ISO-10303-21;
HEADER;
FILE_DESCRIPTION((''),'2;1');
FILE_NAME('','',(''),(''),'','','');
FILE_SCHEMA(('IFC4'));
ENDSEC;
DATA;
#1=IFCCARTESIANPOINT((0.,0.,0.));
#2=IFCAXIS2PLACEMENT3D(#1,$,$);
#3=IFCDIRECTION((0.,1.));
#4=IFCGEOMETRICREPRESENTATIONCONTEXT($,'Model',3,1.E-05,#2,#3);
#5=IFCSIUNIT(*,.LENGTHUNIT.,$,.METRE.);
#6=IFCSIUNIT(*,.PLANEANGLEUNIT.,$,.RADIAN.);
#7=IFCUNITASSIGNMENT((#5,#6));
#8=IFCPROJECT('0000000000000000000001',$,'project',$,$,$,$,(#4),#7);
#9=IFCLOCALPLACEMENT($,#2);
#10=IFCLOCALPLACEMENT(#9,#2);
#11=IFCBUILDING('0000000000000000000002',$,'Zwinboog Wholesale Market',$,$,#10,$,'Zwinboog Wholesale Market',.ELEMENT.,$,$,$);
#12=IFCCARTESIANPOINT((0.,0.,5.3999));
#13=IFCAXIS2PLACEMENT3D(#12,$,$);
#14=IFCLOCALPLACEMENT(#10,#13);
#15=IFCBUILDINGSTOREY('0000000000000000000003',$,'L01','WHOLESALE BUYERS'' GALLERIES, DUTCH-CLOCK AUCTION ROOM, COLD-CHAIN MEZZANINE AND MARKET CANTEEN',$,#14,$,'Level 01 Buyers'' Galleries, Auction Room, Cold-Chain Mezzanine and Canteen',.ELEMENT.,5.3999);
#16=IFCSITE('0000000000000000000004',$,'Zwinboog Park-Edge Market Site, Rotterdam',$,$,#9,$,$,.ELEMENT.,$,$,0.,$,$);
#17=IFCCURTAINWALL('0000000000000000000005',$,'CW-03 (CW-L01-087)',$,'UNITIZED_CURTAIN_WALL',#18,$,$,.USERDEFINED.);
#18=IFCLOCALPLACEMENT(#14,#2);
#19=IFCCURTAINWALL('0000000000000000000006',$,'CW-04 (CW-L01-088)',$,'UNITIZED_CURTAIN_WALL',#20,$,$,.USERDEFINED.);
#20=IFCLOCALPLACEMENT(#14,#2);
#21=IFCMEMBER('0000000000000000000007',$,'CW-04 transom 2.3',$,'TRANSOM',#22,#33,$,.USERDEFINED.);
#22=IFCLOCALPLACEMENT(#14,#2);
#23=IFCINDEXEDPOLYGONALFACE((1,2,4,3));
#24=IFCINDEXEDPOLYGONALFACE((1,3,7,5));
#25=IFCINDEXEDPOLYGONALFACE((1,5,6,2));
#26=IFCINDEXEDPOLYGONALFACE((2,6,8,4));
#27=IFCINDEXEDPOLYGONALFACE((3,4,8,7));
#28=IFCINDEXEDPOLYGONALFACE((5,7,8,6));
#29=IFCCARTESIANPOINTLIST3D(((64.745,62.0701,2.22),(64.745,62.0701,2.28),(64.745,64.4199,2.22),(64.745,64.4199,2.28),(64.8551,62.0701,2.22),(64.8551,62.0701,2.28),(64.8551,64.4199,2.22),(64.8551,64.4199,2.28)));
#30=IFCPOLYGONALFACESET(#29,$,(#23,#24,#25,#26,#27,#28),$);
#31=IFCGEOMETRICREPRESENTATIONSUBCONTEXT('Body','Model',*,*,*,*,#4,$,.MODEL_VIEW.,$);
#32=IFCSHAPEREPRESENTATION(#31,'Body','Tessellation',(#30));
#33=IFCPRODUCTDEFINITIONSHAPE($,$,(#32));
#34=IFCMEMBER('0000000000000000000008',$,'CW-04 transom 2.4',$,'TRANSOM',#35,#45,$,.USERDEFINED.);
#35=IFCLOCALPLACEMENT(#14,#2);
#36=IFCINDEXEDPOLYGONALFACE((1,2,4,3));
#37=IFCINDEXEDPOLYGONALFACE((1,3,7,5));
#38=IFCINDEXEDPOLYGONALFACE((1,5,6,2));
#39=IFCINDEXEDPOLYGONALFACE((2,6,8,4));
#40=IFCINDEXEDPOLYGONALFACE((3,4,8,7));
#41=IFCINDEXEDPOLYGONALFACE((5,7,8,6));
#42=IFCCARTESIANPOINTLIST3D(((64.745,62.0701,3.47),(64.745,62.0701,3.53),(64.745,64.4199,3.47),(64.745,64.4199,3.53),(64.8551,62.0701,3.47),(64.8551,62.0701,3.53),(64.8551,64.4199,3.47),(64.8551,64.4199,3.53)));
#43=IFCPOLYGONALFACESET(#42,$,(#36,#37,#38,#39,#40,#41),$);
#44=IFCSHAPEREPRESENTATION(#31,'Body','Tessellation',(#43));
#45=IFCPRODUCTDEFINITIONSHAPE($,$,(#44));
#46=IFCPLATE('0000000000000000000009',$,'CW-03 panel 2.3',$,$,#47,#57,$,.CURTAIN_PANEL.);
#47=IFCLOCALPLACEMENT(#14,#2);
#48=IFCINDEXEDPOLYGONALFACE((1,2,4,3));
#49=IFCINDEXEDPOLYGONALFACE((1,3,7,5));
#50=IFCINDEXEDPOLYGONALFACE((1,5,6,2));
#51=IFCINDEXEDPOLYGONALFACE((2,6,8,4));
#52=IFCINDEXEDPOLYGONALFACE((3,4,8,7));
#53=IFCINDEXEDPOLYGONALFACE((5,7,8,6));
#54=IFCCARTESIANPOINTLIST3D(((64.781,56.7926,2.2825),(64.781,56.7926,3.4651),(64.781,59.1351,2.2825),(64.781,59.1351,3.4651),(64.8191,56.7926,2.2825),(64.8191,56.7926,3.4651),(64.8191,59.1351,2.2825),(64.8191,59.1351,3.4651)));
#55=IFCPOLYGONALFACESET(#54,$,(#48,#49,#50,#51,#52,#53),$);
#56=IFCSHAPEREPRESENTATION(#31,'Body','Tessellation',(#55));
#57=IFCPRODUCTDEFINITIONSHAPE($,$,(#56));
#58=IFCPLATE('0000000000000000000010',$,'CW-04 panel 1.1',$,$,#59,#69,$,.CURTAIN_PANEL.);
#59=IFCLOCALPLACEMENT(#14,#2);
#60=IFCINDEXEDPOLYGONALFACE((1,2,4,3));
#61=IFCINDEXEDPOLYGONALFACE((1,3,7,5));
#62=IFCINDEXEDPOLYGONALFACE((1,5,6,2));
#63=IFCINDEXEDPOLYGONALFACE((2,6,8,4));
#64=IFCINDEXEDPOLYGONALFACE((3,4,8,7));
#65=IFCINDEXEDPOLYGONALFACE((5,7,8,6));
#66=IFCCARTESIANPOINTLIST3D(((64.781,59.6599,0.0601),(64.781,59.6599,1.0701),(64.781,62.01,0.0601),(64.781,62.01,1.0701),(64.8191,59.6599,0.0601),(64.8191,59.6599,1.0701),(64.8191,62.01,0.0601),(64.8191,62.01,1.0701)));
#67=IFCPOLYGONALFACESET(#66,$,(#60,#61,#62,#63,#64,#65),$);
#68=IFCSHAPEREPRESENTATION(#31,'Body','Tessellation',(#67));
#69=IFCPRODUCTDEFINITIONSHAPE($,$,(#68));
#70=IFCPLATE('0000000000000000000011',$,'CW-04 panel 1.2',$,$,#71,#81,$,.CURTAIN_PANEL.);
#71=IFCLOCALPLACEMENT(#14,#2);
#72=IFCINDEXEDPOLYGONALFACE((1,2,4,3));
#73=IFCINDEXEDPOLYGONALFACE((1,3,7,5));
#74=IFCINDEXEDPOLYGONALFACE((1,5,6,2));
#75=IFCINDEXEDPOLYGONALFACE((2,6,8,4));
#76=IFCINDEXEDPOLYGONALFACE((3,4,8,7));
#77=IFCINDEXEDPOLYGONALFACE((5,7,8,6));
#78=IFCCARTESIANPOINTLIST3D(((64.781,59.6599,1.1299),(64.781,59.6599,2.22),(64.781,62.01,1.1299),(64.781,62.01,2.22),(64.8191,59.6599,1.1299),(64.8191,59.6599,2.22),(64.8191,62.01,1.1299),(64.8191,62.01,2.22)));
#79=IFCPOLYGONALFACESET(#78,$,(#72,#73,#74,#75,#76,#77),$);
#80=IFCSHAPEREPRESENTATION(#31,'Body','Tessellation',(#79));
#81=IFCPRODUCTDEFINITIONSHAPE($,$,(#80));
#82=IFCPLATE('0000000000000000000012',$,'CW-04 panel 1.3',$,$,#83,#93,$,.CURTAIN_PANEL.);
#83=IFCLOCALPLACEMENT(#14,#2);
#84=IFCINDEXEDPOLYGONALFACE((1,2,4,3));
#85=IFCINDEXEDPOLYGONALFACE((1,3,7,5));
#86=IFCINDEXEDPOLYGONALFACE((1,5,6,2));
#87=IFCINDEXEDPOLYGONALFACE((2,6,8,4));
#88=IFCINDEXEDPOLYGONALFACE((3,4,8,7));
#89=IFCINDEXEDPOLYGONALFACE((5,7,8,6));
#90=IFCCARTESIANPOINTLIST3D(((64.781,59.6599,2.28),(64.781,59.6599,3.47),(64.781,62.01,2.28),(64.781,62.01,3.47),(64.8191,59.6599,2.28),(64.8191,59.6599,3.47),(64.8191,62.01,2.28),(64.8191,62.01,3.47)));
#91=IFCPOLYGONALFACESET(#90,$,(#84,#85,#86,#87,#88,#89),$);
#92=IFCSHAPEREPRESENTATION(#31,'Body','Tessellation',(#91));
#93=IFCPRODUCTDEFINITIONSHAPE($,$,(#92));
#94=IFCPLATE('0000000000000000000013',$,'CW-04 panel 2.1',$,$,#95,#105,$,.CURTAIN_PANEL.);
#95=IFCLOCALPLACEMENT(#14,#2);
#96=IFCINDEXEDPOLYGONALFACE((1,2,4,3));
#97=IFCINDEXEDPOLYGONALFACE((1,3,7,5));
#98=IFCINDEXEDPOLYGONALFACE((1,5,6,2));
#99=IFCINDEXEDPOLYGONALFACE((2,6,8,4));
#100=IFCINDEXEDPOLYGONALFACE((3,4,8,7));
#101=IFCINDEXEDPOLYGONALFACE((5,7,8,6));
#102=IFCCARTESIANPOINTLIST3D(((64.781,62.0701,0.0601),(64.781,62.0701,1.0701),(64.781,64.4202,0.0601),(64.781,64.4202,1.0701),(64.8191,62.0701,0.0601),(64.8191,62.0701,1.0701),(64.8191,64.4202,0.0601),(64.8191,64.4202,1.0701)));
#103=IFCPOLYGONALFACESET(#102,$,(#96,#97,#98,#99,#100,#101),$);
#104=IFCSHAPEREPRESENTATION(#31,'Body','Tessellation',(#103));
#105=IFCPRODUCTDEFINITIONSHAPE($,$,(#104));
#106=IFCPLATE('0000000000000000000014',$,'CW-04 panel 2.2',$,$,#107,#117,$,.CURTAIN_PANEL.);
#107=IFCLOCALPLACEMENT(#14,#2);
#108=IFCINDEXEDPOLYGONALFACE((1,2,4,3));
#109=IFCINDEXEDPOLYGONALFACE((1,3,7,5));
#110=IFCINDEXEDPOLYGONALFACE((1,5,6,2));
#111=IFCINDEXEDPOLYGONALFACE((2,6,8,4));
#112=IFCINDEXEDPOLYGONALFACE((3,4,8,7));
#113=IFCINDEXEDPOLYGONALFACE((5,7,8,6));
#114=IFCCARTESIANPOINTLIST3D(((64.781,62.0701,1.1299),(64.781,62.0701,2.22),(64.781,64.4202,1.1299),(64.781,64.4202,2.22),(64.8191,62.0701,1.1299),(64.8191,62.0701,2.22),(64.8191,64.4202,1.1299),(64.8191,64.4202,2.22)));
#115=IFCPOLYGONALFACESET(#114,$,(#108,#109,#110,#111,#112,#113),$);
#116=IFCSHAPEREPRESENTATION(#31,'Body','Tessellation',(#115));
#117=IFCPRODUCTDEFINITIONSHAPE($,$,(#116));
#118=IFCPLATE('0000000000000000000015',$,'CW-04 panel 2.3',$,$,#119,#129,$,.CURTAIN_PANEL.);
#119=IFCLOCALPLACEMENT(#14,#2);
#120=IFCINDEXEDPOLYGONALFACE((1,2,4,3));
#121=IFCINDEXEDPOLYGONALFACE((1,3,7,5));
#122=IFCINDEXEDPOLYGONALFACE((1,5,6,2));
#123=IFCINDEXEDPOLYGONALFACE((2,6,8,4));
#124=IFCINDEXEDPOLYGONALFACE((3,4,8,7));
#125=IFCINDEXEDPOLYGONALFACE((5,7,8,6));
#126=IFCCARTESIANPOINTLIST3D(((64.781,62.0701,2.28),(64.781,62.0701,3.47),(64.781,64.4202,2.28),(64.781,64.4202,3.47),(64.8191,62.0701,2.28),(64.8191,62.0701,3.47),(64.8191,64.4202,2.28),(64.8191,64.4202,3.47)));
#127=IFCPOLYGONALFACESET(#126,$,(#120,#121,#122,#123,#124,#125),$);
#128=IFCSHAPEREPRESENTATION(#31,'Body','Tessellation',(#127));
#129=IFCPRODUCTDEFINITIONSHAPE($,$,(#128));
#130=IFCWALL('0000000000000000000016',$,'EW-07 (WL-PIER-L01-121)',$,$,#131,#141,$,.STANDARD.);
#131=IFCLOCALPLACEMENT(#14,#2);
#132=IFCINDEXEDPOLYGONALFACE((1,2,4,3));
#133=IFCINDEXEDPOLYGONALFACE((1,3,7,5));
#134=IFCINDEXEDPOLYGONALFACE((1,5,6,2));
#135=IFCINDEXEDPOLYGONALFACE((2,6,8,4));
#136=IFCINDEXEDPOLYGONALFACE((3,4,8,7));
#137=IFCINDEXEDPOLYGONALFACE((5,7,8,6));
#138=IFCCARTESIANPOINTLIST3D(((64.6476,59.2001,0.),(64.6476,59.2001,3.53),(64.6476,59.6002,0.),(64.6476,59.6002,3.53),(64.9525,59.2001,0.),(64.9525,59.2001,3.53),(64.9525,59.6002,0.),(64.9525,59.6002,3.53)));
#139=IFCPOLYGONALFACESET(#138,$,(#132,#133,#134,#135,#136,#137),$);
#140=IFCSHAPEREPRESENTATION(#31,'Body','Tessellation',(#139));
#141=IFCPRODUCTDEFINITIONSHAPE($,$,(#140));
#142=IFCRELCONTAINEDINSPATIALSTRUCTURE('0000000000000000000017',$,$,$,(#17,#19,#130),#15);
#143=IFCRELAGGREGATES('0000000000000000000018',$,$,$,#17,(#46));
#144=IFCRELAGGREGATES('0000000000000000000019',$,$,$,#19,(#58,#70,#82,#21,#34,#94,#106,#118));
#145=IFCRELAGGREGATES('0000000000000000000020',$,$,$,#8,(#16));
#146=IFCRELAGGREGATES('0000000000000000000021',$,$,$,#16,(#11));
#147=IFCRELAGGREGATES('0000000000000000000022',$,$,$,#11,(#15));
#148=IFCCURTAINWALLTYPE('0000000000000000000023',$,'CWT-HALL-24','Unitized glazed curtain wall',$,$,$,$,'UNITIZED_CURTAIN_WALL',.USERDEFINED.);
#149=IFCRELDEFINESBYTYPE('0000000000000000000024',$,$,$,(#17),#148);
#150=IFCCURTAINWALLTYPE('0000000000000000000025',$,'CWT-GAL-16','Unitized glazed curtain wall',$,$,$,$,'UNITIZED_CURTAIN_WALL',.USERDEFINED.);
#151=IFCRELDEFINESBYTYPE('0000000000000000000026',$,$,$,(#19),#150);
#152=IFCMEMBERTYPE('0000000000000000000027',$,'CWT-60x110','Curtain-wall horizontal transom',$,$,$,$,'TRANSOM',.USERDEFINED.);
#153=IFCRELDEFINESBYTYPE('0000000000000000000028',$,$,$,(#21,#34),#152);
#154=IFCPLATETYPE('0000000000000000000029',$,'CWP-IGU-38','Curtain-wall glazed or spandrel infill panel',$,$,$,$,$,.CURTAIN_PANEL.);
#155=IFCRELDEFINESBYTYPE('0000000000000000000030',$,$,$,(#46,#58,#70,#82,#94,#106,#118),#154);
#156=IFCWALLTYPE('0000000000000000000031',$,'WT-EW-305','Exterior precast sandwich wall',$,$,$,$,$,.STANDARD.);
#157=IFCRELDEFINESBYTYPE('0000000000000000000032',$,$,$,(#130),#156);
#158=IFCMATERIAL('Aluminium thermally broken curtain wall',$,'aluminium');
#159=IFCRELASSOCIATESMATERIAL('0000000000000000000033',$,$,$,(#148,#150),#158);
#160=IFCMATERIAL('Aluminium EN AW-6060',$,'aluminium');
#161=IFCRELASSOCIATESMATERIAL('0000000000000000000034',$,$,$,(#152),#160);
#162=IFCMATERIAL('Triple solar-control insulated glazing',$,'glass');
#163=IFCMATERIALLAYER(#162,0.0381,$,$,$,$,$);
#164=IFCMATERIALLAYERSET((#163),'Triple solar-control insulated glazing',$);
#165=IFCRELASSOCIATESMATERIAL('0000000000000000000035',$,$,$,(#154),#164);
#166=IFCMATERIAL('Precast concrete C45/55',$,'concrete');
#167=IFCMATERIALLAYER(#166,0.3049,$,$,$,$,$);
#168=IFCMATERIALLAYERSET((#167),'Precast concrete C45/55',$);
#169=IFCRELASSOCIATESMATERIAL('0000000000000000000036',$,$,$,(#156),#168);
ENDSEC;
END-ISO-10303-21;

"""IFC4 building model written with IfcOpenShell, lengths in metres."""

from ifc_helpers import new_model, si_unit, direction, frame, frame_2d, origin, origin_2d, place, context, subcontext, project, spatial, rectangle, extrude, material, layer, layer_set, material_profile, profile_set, type_object, element, aggregate, save


model = new_model("IFC4")

# Units and contexts
model_context = context("Model", 3, precision=1e-05, world=origin(), true_north=direction((0.0, 1.0)))
body_context = subcontext(model_context, "Body", "Model", "MODEL_VIEW")
ifc_project = project(units=[si_unit("LENGTHUNIT", "METRE"), si_unit("PLANEANGLEUNIT", "RADIAN")], contexts=[model_context])

# Site, building, storey
site_placement = place(None, origin())
site = spatial("IfcSite", under=ifc_project, at=site_placement, Name="Zwinboog Park-Edge Market Site, Rotterdam", CompositionType="ELEMENT", RefElevation=0.0)
building_placement = place(site_placement, origin())
building = spatial("IfcBuilding", under=site, at=building_placement, Name="Zwinboog Wholesale Market", LongName="Zwinboog Wholesale Market", CompositionType="ELEMENT")
storey_placement = place(building_placement, frame((0.0, 0.0, 5.3999)))
storey = spatial("IfcBuildingStorey", under=building, at=storey_placement, Name="L01", Description="WHOLESALE BUYERS' GALLERIES, DUTCH-CLOCK AUCTION ROOM, COLD-CHAIN MEZZANINE AND MARKET CANTEEN", LongName="Level 01 Buyers' Galleries, Auction Room, Cold-Chain Mezzanine and Canteen", CompositionType="ELEMENT", Elevation=5.3999)

# Curtain wall
ifc_material_1 = material(Name="Aluminium thermally broken curtain wall", Category="aluminium")
curtain_wall_type_1 = type_object("IfcCurtainWallType", Name="CWT-HALL-24", Description="Unitized glazed curtain wall", ElementType="UNITIZED_CURTAIN_WALL", PredefinedType="USERDEFINED", material=ifc_material_1)
curtain_wall_1_placement = place(storey_placement, origin())
curtain_wall_1 = element("IfcCurtainWall", 1, at=curtain_wall_1_placement, inside=storey, type_object=curtain_wall_type_1, Name="CW-03 (CW-L01-087)", ObjectType="UNITIZED_CURTAIN_WALL", PredefinedType="USERDEFINED")
ifc_material_2 = material(Name="Aluminium EN AW-6060", Category="aluminium")

# Curtain wall, members
curtain_wall_type_2 = type_object("IfcCurtainWallType", Name="CWT-GAL-16", Description="Unitized glazed curtain wall", ElementType="UNITIZED_CURTAIN_WALL", PredefinedType="USERDEFINED", material=ifc_material_1)
curtain_wall_2_placement = place(storey_placement, origin())
curtain_wall_2 = element("IfcCurtainWall", 2, at=curtain_wall_2_placement, inside=storey, type_object=curtain_wall_type_2, Name="CW-04 (CW-L01-088)", ObjectType="UNITIZED_CURTAIN_WALL", PredefinedType="USERDEFINED")
ifc_material_profile_1 = material_profile(ifc_material_2, rectangle(XDim=0.1101, YDim=0.0601, at=origin_2d()), Name="AL 60x110")
ifc_profile_set_1 = profile_set([ifc_material_profile_1], Name="Aluminium EN AW-6060")
member_type_1 = type_object("IfcMemberType", Name="CWT-60x110", Description="Curtain-wall horizontal transom", ElementType="TRANSOM", PredefinedType="USERDEFINED", material=ifc_profile_set_1)
member_1_placement = place(storey_placement, frame((64.8, 62.0701, 2.25), z_axis=(0.0, 1.0, 0.0), x_axis=(-1.0, 0.0, 0.0)))
member_1 = element("IfcMember", 3, at=member_1_placement, type_object=member_type_1, Name="CW-04 transom 2.3", ObjectType="TRANSOM", PredefinedType="USERDEFINED", context=body_context, shape_type="SweptSolid", body=[
    extrude(rectangle(XDim=0.1101, YDim=0.0601, at=origin_2d()), origin(), (0.0, 0.0, 1.0), 2.3499),
])
member_2_placement = place(storey_placement, frame((64.8, 62.0701, 3.5), z_axis=(0.0, 1.0, 0.0), x_axis=(-1.0, 0.0, 0.0)))
member_2 = element("IfcMember", 4, at=member_2_placement, type_object=member_type_1, Name="CW-04 transom 2.4", ObjectType="TRANSOM", PredefinedType="USERDEFINED", context=body_context, shape_type="SweptSolid", body=[
    extrude(rectangle(XDim=0.1101, YDim=0.0601, at=origin_2d()), origin(), (0.0, 0.0, 1.0), 2.3499),
])

# Plates
ifc_material_3 = material(Name="Triple solar-control insulated glazing", Category="glass")
ifc_layer_1 = layer(ifc_material_3, 0.0381)
ifc_layer_set_1 = layer_set([ifc_layer_1], Name="Triple solar-control insulated glazing")
plate_type = type_object("IfcPlateType", Name="CWP-IGU-38", Description="Curtain-wall glazed or spandrel infill panel", PredefinedType="CURTAIN_PANEL", material=ifc_layer_set_1)
plate_1_placement = place(storey_placement, frame((64.8, 57.9639, 2.2825), z_axis=(0.0, 0.0, 1.0), x_axis=(0.0, 1.0, 0.0)))
plate_1 = element("IfcPlate", 5, at=plate_1_placement, type_object=plate_type, Name="CW-03 panel 2.3", PredefinedType="CURTAIN_PANEL", context=body_context, shape_type="SweptSolid", body=[
    extrude(rectangle(XDim=2.3425, YDim=0.0381, at=origin_2d()), origin(), (0.0, 0.0, 1.0), 1.1826),
])
aggregate(curtain_wall_1, [plate_1])
plate_2_placement = place(storey_placement, frame((64.8, 60.835, 0.0601), z_axis=(0.0, 0.0, 1.0), x_axis=(0.0, 1.0, 0.0)))
plate_2 = element("IfcPlate", 6, at=plate_2_placement, type_object=plate_type, Name="CW-04 panel 1.1", PredefinedType="CURTAIN_PANEL", context=body_context, shape_type="SweptSolid", body=[
    extrude(rectangle(XDim=2.3501, YDim=0.0381, at=origin_2d()), origin(), (0.0, 0.0, 1.0), 1.01),
])
plate_3_placement = place(storey_placement, frame((64.8, 60.835, 1.1299), z_axis=(0.0, 0.0, 1.0), x_axis=(0.0, 1.0, 0.0)))
plate_3 = element("IfcPlate", 7, at=plate_3_placement, type_object=plate_type, Name="CW-04 panel 1.2", PredefinedType="CURTAIN_PANEL", context=body_context, shape_type="SweptSolid", body=[
    extrude(rectangle(XDim=2.3501, YDim=0.0381, at=origin_2d()), origin(), (0.0, 0.0, 1.0), 1.0901),
])
plate_4_placement = place(storey_placement, frame((64.8, 60.835, 2.28), z_axis=(0.0, 0.0, 1.0), x_axis=(0.0, 1.0, 0.0)))
plate_4 = element("IfcPlate", 8, at=plate_4_placement, type_object=plate_type, Name="CW-04 panel 1.3", PredefinedType="CURTAIN_PANEL", context=body_context, shape_type="SweptSolid", body=[
    extrude(rectangle(XDim=2.3501, YDim=0.0381, at=origin_2d()), origin(), (0.0, 0.0, 1.0), 1.1899),
])
plate_5_placement = place(storey_placement, frame((64.8, 63.2451, 0.0601), z_axis=(0.0, 0.0, 1.0), x_axis=(0.0, 1.0, 0.0)))
plate_5 = element("IfcPlate", 9, at=plate_5_placement, type_object=plate_type, Name="CW-04 panel 2.1", PredefinedType="CURTAIN_PANEL", context=body_context, shape_type="SweptSolid", body=[
    extrude(rectangle(XDim=2.3501, YDim=0.0381, at=origin_2d()), origin(), (0.0, 0.0, 1.0), 1.01),
])
plate_6_placement = place(storey_placement, frame((64.8, 63.2451, 1.1299), z_axis=(0.0, 0.0, 1.0), x_axis=(0.0, 1.0, 0.0)))
plate_6 = element("IfcPlate", 10, at=plate_6_placement, type_object=plate_type, Name="CW-04 panel 2.2", PredefinedType="CURTAIN_PANEL", context=body_context, shape_type="SweptSolid", body=[
    extrude(rectangle(XDim=2.3501, YDim=0.0381, at=origin_2d()), origin(), (0.0, 0.0, 1.0), 1.0901),
])
plate_7_placement = place(storey_placement, frame((64.8, 63.2451, 2.28), z_axis=(0.0, 0.0, 1.0), x_axis=(0.0, 1.0, 0.0)))
plate_7 = element("IfcPlate", 11, at=plate_7_placement, type_object=plate_type, Name="CW-04 panel 2.3", PredefinedType="CURTAIN_PANEL", context=body_context, shape_type="SweptSolid", body=[
    extrude(rectangle(XDim=2.3501, YDim=0.0381, at=origin_2d()), origin(), (0.0, 0.0, 1.0), 1.1899),
])
aggregate(curtain_wall_2, [plate_2, plate_3, plate_4, member_1, member_2, plate_5, plate_6, plate_7])

# Wall
ifc_material_4 = material(Name="Precast concrete C45/55", Category="concrete")
ifc_layer_2 = layer(ifc_material_4, 0.3049)
ifc_layer_set_2 = layer_set([ifc_layer_2], Name="Precast concrete C45/55")
wall_type = type_object("IfcWallType", Name="WT-EW-305", Description="Exterior precast sandwich wall", PredefinedType="STANDARD", material=ifc_layer_set_2)
wall_placement = place(storey_placement, frame((64.8, 59.2, 0.0), z_axis=(0.0, 0.0, 1.0), x_axis=(0.0, 1.0, 0.0)))
element("IfcWall", 12, at=wall_placement, inside=storey, type_object=wall_type, Name="EW-07 (WL-PIER-L01-121)", PredefinedType="STANDARD", context=body_context, shape_type="SweptSolid", body=[
    extrude(rectangle(XDim=0.4001, YDim=0.3049, at=frame_2d((0.2002, 0.0))), origin(), (0.0, 0.0, 1.0), 3.53),
])

save(model, "model.ifc")
